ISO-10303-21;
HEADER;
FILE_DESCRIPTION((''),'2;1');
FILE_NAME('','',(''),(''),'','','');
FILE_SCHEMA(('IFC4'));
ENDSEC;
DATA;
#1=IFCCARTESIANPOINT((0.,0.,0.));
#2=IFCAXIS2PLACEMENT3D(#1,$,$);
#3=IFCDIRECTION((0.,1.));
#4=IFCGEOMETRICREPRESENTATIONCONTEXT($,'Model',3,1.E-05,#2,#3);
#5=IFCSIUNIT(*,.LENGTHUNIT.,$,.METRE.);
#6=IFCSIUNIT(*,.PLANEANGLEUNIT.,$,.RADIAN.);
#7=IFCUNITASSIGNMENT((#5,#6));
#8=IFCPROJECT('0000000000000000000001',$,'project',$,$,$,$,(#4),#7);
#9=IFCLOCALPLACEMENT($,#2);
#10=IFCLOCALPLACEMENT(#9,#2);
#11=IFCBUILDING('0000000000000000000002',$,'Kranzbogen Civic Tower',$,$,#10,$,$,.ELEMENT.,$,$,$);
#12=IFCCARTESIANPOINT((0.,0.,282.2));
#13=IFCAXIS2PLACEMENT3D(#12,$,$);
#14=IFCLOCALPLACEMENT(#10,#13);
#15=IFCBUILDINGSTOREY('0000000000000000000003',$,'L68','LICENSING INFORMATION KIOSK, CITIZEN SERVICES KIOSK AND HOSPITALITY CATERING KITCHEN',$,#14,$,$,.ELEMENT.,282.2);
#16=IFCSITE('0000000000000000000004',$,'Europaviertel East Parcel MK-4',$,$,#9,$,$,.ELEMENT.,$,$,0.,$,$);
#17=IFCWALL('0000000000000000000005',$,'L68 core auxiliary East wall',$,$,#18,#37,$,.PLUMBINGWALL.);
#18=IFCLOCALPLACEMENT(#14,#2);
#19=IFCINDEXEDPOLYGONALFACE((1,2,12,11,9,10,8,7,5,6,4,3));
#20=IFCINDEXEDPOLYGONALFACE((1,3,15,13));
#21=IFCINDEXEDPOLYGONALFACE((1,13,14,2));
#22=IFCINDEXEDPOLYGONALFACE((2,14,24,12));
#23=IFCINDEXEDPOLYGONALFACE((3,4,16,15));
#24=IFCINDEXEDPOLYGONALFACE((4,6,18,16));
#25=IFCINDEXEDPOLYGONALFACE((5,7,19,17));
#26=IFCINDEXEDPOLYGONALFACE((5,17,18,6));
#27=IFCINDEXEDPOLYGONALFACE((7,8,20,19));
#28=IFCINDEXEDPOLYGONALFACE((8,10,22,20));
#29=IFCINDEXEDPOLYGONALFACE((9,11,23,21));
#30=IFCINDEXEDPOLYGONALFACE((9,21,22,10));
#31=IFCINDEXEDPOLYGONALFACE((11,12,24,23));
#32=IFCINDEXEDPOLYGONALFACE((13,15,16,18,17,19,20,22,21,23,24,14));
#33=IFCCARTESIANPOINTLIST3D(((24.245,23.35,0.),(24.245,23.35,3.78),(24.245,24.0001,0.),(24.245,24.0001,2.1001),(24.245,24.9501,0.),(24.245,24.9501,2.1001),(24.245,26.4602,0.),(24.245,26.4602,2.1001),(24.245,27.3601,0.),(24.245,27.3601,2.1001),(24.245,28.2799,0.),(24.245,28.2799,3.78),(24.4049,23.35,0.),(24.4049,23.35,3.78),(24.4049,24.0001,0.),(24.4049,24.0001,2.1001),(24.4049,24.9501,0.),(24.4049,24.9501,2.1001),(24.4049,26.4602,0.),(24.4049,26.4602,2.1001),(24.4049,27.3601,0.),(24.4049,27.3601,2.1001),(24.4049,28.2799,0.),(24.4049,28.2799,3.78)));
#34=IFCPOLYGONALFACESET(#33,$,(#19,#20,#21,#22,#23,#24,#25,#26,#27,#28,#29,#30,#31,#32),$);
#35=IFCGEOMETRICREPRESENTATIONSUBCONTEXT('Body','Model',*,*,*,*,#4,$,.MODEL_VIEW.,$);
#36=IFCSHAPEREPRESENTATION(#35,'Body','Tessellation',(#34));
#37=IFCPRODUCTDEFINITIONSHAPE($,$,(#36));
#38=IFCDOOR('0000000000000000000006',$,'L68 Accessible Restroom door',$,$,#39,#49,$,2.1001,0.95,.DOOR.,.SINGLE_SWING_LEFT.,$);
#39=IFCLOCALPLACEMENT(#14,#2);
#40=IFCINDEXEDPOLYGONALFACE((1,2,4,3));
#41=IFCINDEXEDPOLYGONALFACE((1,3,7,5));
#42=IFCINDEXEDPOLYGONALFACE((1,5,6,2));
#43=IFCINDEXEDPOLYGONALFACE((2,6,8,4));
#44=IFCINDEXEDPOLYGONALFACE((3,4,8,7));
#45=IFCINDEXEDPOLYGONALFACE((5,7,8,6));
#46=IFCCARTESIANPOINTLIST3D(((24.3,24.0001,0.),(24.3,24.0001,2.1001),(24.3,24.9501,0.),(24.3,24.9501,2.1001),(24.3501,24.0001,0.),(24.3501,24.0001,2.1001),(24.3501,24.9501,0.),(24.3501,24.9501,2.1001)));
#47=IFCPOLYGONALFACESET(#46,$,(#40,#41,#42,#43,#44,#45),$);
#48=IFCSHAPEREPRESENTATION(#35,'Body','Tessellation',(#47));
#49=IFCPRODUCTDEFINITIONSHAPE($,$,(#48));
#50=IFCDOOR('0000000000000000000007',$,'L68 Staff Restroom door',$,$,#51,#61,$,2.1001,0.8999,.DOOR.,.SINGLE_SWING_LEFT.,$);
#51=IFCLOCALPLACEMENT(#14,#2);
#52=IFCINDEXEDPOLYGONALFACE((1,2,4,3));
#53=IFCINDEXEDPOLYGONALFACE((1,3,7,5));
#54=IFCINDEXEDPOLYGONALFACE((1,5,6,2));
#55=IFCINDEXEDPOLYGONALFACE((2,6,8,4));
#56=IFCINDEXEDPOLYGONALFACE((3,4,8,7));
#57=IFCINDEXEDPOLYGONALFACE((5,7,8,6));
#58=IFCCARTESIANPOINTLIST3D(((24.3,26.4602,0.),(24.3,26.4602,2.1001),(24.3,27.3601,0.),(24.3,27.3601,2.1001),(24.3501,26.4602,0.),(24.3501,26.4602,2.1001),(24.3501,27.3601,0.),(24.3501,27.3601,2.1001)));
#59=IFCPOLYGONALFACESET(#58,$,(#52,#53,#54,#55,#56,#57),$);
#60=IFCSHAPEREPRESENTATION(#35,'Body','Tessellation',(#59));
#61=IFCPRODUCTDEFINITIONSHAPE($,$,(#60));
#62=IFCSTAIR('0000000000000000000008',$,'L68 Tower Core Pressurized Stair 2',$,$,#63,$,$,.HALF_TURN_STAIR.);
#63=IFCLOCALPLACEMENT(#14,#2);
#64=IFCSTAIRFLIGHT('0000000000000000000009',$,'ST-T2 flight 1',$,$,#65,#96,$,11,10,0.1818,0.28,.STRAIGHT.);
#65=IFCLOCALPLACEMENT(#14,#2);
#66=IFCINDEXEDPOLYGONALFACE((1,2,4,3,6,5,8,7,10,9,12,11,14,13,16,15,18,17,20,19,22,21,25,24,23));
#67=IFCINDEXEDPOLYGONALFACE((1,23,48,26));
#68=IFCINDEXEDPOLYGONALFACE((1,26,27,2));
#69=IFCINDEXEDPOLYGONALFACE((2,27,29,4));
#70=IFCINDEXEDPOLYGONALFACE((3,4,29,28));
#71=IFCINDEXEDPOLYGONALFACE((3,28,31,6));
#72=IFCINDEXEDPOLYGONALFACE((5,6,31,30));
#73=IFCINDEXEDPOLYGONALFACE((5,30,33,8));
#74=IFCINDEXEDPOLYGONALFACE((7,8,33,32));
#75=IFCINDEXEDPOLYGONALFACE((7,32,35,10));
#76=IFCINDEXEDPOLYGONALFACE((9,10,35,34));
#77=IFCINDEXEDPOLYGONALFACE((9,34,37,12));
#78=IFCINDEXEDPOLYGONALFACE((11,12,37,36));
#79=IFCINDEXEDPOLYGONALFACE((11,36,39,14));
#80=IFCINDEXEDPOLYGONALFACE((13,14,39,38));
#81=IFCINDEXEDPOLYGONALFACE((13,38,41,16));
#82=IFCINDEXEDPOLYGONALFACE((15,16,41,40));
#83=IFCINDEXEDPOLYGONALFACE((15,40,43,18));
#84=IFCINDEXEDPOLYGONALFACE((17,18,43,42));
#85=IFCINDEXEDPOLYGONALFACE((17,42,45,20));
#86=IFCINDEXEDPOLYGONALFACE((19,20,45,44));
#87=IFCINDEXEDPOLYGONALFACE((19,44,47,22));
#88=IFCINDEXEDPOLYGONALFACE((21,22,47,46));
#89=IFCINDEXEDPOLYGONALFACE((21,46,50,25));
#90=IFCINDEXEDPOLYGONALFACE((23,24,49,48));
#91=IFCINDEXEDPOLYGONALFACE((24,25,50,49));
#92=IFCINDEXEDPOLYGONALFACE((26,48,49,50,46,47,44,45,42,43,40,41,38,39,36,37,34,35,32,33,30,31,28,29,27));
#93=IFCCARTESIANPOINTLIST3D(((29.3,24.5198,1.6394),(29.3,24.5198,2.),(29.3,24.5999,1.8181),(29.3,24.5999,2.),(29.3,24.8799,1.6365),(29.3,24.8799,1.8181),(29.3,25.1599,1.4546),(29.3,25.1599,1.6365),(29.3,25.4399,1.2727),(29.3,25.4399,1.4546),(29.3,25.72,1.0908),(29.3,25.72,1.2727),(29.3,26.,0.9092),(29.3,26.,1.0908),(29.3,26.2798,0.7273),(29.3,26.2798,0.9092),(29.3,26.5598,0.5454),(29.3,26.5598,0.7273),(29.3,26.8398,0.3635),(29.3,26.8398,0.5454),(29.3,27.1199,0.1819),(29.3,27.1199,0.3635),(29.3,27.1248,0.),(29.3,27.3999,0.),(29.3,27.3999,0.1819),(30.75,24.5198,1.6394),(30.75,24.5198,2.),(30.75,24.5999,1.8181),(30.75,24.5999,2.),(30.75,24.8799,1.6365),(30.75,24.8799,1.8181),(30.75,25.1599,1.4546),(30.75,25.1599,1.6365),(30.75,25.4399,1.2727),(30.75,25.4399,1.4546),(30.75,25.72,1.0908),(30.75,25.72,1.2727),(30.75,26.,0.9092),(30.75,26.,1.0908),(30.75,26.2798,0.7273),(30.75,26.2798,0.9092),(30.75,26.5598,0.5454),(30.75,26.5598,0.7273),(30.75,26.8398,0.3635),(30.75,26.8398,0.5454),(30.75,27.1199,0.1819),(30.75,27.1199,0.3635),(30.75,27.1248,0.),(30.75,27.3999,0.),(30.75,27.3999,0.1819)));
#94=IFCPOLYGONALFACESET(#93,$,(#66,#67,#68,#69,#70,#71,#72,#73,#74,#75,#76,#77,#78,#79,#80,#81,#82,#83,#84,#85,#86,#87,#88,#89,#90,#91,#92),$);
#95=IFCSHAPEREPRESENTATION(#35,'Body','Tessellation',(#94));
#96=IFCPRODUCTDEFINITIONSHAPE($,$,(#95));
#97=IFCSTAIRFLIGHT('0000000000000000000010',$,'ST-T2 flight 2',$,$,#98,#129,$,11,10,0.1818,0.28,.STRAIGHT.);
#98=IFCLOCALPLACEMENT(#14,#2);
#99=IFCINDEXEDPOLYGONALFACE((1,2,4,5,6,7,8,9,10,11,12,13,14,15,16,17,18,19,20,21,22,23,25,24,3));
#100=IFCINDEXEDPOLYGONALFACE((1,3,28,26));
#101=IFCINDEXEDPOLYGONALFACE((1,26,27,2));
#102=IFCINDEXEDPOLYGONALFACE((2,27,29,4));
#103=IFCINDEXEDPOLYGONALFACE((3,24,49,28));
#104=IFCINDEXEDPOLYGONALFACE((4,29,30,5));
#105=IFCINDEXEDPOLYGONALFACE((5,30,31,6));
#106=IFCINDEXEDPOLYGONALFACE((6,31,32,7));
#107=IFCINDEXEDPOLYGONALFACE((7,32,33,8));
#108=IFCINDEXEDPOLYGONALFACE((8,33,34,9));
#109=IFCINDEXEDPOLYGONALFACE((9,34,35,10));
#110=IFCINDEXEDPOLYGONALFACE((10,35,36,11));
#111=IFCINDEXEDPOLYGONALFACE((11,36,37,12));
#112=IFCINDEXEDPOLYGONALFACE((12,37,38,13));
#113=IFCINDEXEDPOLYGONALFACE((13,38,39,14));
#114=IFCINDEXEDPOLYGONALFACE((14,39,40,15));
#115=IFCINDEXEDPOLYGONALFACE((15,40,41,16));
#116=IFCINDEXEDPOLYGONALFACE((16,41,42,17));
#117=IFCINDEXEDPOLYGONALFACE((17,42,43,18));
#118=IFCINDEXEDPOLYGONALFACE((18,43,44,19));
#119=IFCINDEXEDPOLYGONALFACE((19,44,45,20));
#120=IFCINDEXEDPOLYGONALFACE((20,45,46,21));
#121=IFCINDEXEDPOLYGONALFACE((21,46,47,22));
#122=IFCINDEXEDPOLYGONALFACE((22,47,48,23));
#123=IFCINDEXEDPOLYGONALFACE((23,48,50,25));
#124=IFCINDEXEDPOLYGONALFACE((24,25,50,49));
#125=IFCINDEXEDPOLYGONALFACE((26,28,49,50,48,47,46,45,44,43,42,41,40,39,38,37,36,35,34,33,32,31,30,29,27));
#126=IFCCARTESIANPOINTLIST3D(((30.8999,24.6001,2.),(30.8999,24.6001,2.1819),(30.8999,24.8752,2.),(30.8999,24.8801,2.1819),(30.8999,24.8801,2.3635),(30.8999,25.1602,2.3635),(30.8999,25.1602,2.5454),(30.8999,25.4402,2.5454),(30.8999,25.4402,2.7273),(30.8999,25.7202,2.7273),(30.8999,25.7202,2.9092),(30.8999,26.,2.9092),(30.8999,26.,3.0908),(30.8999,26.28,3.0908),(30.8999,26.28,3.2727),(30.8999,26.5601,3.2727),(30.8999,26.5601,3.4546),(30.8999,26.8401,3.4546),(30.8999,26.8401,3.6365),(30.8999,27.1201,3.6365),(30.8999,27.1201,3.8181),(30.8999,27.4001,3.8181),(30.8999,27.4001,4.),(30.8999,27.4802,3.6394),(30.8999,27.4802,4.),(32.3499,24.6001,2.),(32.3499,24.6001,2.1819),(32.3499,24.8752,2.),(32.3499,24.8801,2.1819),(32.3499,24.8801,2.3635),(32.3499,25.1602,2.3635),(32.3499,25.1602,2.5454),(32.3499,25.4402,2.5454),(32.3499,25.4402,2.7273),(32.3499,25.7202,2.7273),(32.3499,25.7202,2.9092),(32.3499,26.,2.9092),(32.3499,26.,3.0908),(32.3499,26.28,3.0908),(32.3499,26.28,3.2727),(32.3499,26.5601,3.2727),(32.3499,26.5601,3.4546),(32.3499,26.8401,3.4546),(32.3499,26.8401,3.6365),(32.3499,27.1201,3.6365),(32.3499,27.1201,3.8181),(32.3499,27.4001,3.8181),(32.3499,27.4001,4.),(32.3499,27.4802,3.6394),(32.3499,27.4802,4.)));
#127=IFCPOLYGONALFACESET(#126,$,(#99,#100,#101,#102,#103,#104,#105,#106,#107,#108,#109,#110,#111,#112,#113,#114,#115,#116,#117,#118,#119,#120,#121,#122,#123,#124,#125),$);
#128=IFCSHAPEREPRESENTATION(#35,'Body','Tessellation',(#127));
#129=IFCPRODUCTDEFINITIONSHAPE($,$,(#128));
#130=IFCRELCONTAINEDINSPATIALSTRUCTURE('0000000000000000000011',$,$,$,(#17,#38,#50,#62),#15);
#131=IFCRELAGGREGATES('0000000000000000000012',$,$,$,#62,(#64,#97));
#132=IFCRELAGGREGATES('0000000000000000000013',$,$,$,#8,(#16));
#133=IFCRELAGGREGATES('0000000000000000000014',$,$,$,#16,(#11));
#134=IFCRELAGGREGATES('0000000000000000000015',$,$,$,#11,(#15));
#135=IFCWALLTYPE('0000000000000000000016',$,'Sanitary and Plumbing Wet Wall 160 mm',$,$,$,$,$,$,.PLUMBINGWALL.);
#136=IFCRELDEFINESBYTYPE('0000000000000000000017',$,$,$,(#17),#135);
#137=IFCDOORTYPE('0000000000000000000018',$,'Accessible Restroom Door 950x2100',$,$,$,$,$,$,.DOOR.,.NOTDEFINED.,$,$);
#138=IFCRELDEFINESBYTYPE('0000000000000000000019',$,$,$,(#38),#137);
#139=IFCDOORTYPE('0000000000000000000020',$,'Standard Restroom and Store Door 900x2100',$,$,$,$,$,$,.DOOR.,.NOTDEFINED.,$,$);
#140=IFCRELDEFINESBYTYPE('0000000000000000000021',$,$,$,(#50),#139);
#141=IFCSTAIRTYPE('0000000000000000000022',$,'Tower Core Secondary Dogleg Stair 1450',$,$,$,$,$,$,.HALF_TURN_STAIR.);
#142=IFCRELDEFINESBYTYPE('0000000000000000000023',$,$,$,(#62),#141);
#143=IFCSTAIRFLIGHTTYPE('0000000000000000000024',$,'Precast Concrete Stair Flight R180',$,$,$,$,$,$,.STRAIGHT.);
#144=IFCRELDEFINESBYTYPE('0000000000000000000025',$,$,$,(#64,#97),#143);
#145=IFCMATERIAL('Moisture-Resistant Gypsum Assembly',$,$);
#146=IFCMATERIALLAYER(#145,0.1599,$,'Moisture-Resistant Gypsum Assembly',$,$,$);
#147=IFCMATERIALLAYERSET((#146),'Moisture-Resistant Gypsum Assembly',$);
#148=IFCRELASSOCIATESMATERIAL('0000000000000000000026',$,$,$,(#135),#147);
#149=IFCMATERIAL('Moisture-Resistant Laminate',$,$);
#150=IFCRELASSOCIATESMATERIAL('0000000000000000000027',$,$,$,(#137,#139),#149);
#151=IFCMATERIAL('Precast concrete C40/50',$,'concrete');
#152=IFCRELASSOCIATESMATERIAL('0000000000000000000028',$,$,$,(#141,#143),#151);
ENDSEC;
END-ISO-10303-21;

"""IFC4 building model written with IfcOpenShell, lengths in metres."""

from ifc_helpers import new_model, si_unit, direction, frame, frame_2d, origin, place, context, subcontext, project, spatial, polyline, rectangle, outline, extrude, material, layer, layer_set, type_object, element, fill, aggregate, save


model = new_model("IFC4")

# Units and contexts
model_context = context("Model", 3, precision=1e-05, world=origin(), true_north=direction((0.0, 1.0)))
body_context = subcontext(model_context, "Body", "Model", "MODEL_VIEW")
ifc_project = project(units=[si_unit("LENGTHUNIT", "METRE"), si_unit("PLANEANGLEUNIT", "RADIAN")], contexts=[model_context])

# Site, building, storey
site_placement = place(None, origin())
site = spatial("IfcSite", under=ifc_project, at=site_placement, Name="Europaviertel East Parcel MK-4", CompositionType="ELEMENT", RefElevation=0.0)
building_placement = place(site_placement, origin())
building = spatial("IfcBuilding", under=site, at=building_placement, Name="Kranzbogen Civic Tower", CompositionType="ELEMENT")
storey_placement = place(building_placement, frame((0.0, 0.0, 282.2)))
storey = spatial("IfcBuildingStorey", under=building, at=storey_placement, Name="L68", Description="LICENSING INFORMATION KIOSK, CITIZEN SERVICES KIOSK AND HOSPITALITY CATERING KITCHEN", CompositionType="ELEMENT", Elevation=282.2)

# Wall, openings, doors
ifc_material_1 = material(Name="Moisture-Resistant Gypsum Assembly")
ifc_layer_1 = layer(ifc_material_1, 0.1599, Name="Moisture-Resistant Gypsum Assembly")
ifc_layer_set_1 = layer_set([ifc_layer_1], Name="Moisture-Resistant Gypsum Assembly")
wall_type_1 = type_object("IfcWallType", Name="Sanitary and Plumbing Wet Wall 160 mm", PredefinedType="PLUMBINGWALL", material=ifc_layer_set_1)
wall_1_placement = place(storey_placement, frame((24.325, 23.3501, 0.0), z_axis=(0.0, 0.0, 1.0), x_axis=(0.0, 1.0, 0.0)))
wall_1 = element("IfcWall", 1, at=wall_1_placement, inside=storey, type_object=wall_type_1, Name="L68 core auxiliary East wall", PredefinedType="PLUMBINGWALL", context=body_context, shape_type="SweptSolid", body=[
    extrude(rectangle(XDim=4.9299, YDim=0.1599, at=frame_2d((2.4648, 0.0))), origin(), (0.0, 0.0, 1.0), 3.78),
])
opening_1_placement = place(wall_1_placement, frame((0.6499, 0.0, 0.0)))
opening_1 = element("IfcOpeningElement", 2, at=opening_1_placement, cuts=wall_1, PredefinedType="OPENING", context=body_context, shape_type="SweptSolid", body=[
    extrude(rectangle(XDim=0.95, YDim=2.1001, at=frame_2d((0.4751, 1.05))), frame((0.0, 0.0898, 0.0), z_axis=(0.0, -1.0, 0.0), x_axis=(1.0, 0.0, 0.0)), (0.0, 0.0, 1.0), 0.1799),
])
opening_2_placement = place(wall_1_placement, frame((3.1101, 0.0, 0.0)))
opening_2 = element("IfcOpeningElement", 3, at=opening_2_placement, cuts=wall_1, PredefinedType="OPENING", context=body_context, shape_type="SweptSolid", body=[
    extrude(rectangle(XDim=0.8999, YDim=2.1001, at=frame_2d((0.45, 1.05))), frame((0.0, 0.0898, 0.0), z_axis=(0.0, -1.0, 0.0), x_axis=(1.0, 0.0, 0.0)), (0.0, 0.0, 1.0), 0.1799),
])
ifc_material_2 = material(Name="Moisture-Resistant Laminate")
door_type_1 = type_object("IfcDoorType", Name="Accessible Restroom Door 950x2100", OperationType="NOTDEFINED", PredefinedType="DOOR", material=ifc_material_2)
door_1_placement = place(opening_1_placement, origin())
door_1 = element("IfcDoor", 4, at=door_1_placement, inside=storey, type_object=door_type_1, Name="L68 Accessible Restroom door", OperationType="SINGLE_SWING_LEFT", OverallHeight=2.1001, OverallWidth=0.95, PredefinedType="DOOR", context=body_context, shape_type="SweptSolid", body=[
    extrude(rectangle(XDim=0.95, YDim=2.1001, at=frame_2d((0.4751, 1.05))), frame((0.0, 0.0249, 0.0), z_axis=(0.0, -1.0, 0.0), x_axis=(1.0, 0.0, 0.0)), (0.0, 0.0, 1.0), 0.05),
])
fill(opening_1, door_1)
door_type_2 = type_object("IfcDoorType", Name="Standard Restroom and Store Door 900x2100", OperationType="NOTDEFINED", PredefinedType="DOOR", material=ifc_material_2)
door_2_placement = place(opening_2_placement, origin())
door_2 = element("IfcDoor", 5, at=door_2_placement, inside=storey, type_object=door_type_2, Name="L68 Staff Restroom door", OperationType="SINGLE_SWING_LEFT", OverallHeight=2.1001, OverallWidth=0.8999, PredefinedType="DOOR", context=body_context, shape_type="SweptSolid", body=[
    extrude(rectangle(XDim=0.8999, YDim=2.1001, at=frame_2d((0.45, 1.05))), frame((0.0, 0.0249, 0.0), z_axis=(0.0, -1.0, 0.0), x_axis=(1.0, 0.0, 0.0)), (0.0, 0.0, 1.0), 0.05),
])
fill(opening_2, door_2)

# Stair, stair flights
ifc_material_3 = material(Name="Precast concrete C40/50", Category="concrete")
stair_type = type_object("IfcStairType", Name="Tower Core Secondary Dogleg Stair 1450", PredefinedType="HALF_TURN_STAIR", material=ifc_material_3)
stair_placement = place(storey_placement, origin())
stair = element("IfcStair", 6, at=stair_placement, inside=storey, type_object=stair_type, Name="L68 Tower Core Pressurized Stair 2", PredefinedType="HALF_TURN_STAIR")
stair_flight_type = type_object("IfcStairFlightType", Name="Precast Concrete Stair Flight R180", PredefinedType="STRAIGHT", material=ifc_material_3)
stair_flight_1_placement = place(storey_placement, frame((30.0249, 27.3999, 0.0), z_axis=(0.0, 0.0, 1.0), x_axis=(0.0, -1.0, 0.0)))
stair_flight_1 = element("IfcStairFlight", 7, at=stair_flight_1_placement, type_object=stair_flight_type, Name="ST-T2 flight 1", NumberOfRisers=11, NumberOfTreads=10, PredefinedType="STRAIGHT", RiserHeight=0.1818, TreadLength=0.28, context=body_context, shape_type="SweptSolid", body=[
    extrude(outline(polyline([(0.0, 0.0), (0.0, 0.1819), (0.28, 0.1819), (0.28, 0.3635), (0.5601, 0.3635), (0.5601, 0.5454), (0.8401, 0.5454), (0.8401, 0.7273), (1.1201, 0.7273), (1.1201, 0.9092), (1.3999, 0.9092), (1.3999, 1.0908), (1.6799, 1.0908), (1.6799, 1.2727), (1.96, 1.2727), (1.96, 1.4546), (2.24, 1.4546), (2.24, 1.6365), (2.52, 1.6365), (2.52, 1.8181), (2.8, 1.8181), (2.8, 2.0), (2.8801, 2.0), (2.8801, 1.6394), (0.2751, 0.0), (0.0, 0.0)])), frame((0.0, 0.7251, 0.0), z_axis=(0.0, -1.0, 0.0), x_axis=(1.0, 0.0, 0.0)), (0.0, 0.0, 1.0), 1.45),
])
stair_flight_2_placement = place(storey_placement, frame((31.625, 24.6001, 2.0), z_axis=(0.0, 0.0, 1.0), x_axis=(0.0, 1.0, 0.0)))
stair_flight_2 = element("IfcStairFlight", 8, at=stair_flight_2_placement, type_object=stair_flight_type, Name="ST-T2 flight 2", NumberOfRisers=11, NumberOfTreads=10, PredefinedType="STRAIGHT", RiserHeight=0.1818, TreadLength=0.28, context=body_context, shape_type="SweptSolid", body=[
    extrude(outline(polyline([(0.0, 0.0), (0.0, 0.1819), (0.28, 0.1819), (0.28, 0.3635), (0.5601, 0.3635), (0.5601, 0.5454), (0.8401, 0.5454), (0.8401, 0.7273), (1.1201, 0.7273), (1.1201, 0.9092), (1.3999, 0.9092), (1.3999, 1.0908), (1.6799, 1.0908), (1.6799, 1.2727), (1.96, 1.2727), (1.96, 1.4546), (2.24, 1.4546), (2.24, 1.6365), (2.52, 1.6365), (2.52, 1.8181), (2.8, 1.8181), (2.8, 2.0), (2.8801, 2.0), (2.8801, 1.6394), (0.2751, 0.0), (0.0, 0.0)])), frame((0.0, 0.7251, 0.0), z_axis=(0.0, -1.0, 0.0), x_axis=(1.0, 0.0, 0.0)), (0.0, 0.0, 1.0), 1.45),
])
aggregate(stair, [stair_flight_1, stair_flight_2])

save(model, "model.ifc")
